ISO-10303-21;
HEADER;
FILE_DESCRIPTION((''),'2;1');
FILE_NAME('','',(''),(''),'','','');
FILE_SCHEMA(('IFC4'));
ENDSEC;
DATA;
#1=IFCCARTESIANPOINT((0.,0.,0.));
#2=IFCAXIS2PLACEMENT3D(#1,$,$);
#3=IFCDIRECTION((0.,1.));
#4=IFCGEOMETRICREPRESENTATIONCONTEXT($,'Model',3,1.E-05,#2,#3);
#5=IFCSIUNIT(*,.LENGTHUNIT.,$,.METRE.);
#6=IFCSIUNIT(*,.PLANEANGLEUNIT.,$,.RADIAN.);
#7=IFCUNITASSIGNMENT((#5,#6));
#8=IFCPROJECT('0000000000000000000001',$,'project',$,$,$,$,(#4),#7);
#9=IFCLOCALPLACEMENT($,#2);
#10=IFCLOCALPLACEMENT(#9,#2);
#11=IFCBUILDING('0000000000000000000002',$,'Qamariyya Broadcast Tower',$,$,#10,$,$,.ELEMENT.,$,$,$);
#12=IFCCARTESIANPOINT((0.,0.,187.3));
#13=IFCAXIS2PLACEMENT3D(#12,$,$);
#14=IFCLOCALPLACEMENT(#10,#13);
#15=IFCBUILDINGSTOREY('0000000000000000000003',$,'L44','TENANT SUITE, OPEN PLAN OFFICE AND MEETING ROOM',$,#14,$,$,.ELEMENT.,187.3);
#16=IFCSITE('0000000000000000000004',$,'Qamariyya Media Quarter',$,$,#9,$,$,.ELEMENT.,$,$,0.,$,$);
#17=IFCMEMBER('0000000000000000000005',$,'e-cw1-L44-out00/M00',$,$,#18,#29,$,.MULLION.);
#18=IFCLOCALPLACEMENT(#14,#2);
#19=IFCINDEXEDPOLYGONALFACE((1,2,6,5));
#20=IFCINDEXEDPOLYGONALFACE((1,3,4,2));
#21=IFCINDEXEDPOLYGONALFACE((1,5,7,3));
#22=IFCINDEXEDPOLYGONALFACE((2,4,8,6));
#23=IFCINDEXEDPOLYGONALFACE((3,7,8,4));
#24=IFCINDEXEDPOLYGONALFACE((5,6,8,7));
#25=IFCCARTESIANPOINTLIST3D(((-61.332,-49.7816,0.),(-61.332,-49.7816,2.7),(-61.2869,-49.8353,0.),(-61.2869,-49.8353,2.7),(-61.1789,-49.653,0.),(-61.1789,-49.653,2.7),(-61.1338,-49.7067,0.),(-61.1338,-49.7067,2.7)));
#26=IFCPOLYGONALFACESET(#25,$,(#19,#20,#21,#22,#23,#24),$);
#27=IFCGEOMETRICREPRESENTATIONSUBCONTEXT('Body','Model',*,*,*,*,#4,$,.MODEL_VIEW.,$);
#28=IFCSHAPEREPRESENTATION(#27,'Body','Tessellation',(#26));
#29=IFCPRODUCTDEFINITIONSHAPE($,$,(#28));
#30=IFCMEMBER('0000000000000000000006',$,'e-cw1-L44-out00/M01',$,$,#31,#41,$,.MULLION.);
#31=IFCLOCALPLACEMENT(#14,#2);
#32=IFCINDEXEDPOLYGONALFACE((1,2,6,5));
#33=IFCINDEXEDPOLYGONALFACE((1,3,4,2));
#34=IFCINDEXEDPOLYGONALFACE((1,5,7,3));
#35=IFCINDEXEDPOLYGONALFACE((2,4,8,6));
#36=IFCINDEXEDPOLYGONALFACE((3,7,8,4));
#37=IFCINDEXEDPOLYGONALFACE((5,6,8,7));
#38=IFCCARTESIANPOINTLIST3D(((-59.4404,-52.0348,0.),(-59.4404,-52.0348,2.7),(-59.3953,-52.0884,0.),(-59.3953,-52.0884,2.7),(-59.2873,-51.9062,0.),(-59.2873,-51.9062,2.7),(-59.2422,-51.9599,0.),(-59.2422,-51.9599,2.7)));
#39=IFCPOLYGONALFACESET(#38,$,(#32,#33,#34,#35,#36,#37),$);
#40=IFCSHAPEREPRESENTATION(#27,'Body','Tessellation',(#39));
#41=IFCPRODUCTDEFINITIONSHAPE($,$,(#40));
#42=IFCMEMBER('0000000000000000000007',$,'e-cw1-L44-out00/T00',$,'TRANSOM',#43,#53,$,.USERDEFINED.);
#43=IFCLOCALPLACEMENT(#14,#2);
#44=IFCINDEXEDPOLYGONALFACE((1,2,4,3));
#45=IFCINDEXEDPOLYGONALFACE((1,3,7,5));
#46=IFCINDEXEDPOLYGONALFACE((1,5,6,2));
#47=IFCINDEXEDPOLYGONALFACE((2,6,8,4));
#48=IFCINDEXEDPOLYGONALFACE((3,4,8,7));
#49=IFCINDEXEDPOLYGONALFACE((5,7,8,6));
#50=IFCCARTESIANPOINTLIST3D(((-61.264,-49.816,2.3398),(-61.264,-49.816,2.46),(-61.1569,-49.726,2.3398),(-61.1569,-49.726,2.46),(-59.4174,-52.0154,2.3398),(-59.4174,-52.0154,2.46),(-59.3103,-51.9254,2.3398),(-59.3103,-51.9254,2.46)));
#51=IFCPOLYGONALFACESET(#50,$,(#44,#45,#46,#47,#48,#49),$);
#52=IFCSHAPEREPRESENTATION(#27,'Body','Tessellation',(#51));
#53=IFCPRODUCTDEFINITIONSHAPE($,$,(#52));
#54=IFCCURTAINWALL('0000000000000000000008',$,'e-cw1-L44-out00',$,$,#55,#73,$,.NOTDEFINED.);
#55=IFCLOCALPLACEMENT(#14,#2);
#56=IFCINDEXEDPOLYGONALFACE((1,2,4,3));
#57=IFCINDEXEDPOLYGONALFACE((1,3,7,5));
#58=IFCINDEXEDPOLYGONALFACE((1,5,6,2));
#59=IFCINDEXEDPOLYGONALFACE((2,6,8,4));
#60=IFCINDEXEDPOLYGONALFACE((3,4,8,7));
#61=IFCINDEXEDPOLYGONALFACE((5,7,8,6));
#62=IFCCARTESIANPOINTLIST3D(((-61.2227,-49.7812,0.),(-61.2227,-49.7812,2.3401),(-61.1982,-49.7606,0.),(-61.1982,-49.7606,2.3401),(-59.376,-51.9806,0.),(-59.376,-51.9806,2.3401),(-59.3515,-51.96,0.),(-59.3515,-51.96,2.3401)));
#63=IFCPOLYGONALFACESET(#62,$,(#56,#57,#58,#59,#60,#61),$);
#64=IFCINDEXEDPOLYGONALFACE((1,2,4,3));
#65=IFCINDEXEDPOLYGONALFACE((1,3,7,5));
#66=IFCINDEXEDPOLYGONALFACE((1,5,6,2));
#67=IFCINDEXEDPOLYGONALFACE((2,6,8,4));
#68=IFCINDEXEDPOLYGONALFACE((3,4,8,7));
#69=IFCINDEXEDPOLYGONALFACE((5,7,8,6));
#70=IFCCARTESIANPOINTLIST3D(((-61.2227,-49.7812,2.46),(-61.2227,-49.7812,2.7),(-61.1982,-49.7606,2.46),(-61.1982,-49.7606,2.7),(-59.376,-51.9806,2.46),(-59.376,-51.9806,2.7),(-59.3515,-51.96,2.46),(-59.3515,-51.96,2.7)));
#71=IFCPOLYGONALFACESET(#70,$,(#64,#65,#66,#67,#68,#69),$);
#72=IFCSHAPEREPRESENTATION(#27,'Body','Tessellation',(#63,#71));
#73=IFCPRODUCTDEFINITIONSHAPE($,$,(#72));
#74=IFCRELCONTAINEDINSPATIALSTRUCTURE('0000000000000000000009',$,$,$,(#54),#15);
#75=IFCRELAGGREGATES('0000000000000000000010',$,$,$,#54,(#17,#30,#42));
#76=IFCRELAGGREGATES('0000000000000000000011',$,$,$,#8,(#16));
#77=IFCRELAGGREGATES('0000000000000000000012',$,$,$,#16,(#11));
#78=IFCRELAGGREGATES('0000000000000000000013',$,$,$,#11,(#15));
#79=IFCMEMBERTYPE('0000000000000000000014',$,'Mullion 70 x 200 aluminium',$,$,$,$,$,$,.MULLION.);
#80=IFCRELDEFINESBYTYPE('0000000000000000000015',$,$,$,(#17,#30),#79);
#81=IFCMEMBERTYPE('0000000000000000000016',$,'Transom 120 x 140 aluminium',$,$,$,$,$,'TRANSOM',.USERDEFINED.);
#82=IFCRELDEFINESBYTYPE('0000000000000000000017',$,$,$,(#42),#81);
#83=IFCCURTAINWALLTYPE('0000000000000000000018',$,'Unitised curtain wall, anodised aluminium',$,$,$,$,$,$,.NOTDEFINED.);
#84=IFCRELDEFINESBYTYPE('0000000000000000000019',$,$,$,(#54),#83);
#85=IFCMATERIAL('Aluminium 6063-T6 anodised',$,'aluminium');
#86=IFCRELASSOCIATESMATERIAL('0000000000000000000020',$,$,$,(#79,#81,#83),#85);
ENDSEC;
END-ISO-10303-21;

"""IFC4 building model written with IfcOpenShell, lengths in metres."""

from ifc_helpers import new_model, si_unit, direction, frame, origin, origin_2d, place, context, subcontext, project, spatial, rectangle, extrude, material, material_profile, profile_set, type_object, element, aggregate, save


model = new_model("IFC4")

# Units and contexts
model_context = context("Model", 3, precision=1e-05, world=origin(), true_north=direction((0.0, 1.0)))
body_context = subcontext(model_context, "Body", "Model", "MODEL_VIEW")
ifc_project = project(units=[si_unit("LENGTHUNIT", "METRE"), si_unit("PLANEANGLEUNIT", "RADIAN")], contexts=[model_context])

# Members
ifc_material_1 = material(Name="Aluminium 6063-T6 anodised", Category="aluminium")
ifc_material_profile_1 = material_profile(ifc_material_1, rectangle(XDim=0.2, YDim=0.0701, at=origin_2d()))
ifc_profile_set_1 = profile_set([ifc_material_profile_1], Name="Aluminium 6063-T6 anodised")
member_type_1 = type_object("IfcMemberType", Name="Mullion 70 x 200 aluminium", PredefinedType="MULLION", material=ifc_profile_set_1)
site_placement = place(None, origin())
building_placement = place(site_placement, origin())
storey_placement = place(building_placement, frame((0.0, 0.0, 187.3)))
member_1_placement = place(storey_placement, frame((-61.2329, -49.7441, 0.0), z_axis=(0.0, 0.0, 1.0), x_axis=(0.765842, 0.643029, 0.0)))
member_1 = element("IfcMember", 1, at=member_1_placement, type_object=member_type_1, Name="e-cw1-L44-out00/M00", PredefinedType="MULLION", context=body_context, shape_type="SweptSolid", body=[
    extrude(rectangle(XDim=0.2, YDim=0.0701, at=origin_2d()), origin(), (0.0, 0.0, 1.0), 2.7),
])
member_2_placement = place(storey_placement, frame((-59.3413, -51.9973, 0.0), z_axis=(0.0, 0.0, 1.0), x_axis=(0.765842, 0.643029, 0.0)))
member_2 = element("IfcMember", 2, at=member_2_placement, type_object=member_type_1, Name="e-cw1-L44-out00/M01", PredefinedType="MULLION", context=body_context, shape_type="SweptSolid", body=[
    extrude(rectangle(XDim=0.2, YDim=0.0701, at=origin_2d()), origin(), (0.0, 0.0, 1.0), 2.7),
])
ifc_material_profile_2 = material_profile(ifc_material_1, rectangle(XDim=0.1399, YDim=0.1201, at=origin_2d()))
ifc_profile_set_2 = profile_set([ifc_material_profile_2], Name="Aluminium 6063-T6 anodised")
member_type_2 = type_object("IfcMemberType", Name="Transom 120 x 140 aluminium", ElementType="TRANSOM", PredefinedType="USERDEFINED", material=ifc_profile_set_2)
member_3_placement = place(storey_placement, frame((-61.2104, -49.771, 2.3999), z_axis=(0.643015, -0.765854, 0.0), x_axis=(0.765854, 0.643015, 0.0)))
member_3 = element("IfcMember", 3, at=member_3_placement, type_object=member_type_2, Name="e-cw1-L44-out00/T00", ObjectType="TRANSOM", PredefinedType="USERDEFINED", context=body_context, shape_type="SweptSolid", body=[
    extrude(rectangle(XDim=0.1399, YDim=0.1201, at=origin_2d()), origin(), (0.0, 0.0, 1.0), 2.8718),
])

# Site, building, storey
site = spatial("IfcSite", under=ifc_project, at=site_placement, Name="Qamariyya Media Quarter", CompositionType="ELEMENT", RefElevation=0.0)
building = spatial("IfcBuilding", under=site, at=building_placement, Name="Qamariyya Broadcast Tower", CompositionType="ELEMENT")
storey = spatial("IfcBuildingStorey", under=building, at=storey_placement, Name="L44", Description="TENANT SUITE, OPEN PLAN OFFICE AND MEETING ROOM", CompositionType="ELEMENT", Elevation=187.3)

# Curtain wall
curtain_wall_type = type_object("IfcCurtainWallType", Name="Unitised curtain wall, anodised aluminium", PredefinedType="NOTDEFINED", material=ifc_material_1)
curtain_wall_1_placement = place(storey_placement, origin())
curtain_wall_1 = element("IfcCurtainWall", 4, at=curtain_wall_1_placement, inside=storey, type_object=curtain_wall_type, Name="e-cw1-L44-out00", PredefinedType="NOTDEFINED", context=body_context, shape_type="SweptSolid", body=[
    extrude(rectangle(XDim=2.8718, YDim=0.032, at=origin_2d()), frame((-60.2871, -50.8706, 0.0), x_axis=(0.643034, -0.765837, 0.0)), (0.0, 0.0, 1.0), 2.3401),
    extrude(rectangle(XDim=2.8718, YDim=0.032, at=origin_2d()), frame((-60.2871, -50.8706, 2.46), x_axis=(0.643034, -0.765837, 0.0)), (0.0, 0.0, 1.0), 0.24),
])
aggregate(curtain_wall_1, [member_1, member_2, member_3])

save(model, "model.ifc")
